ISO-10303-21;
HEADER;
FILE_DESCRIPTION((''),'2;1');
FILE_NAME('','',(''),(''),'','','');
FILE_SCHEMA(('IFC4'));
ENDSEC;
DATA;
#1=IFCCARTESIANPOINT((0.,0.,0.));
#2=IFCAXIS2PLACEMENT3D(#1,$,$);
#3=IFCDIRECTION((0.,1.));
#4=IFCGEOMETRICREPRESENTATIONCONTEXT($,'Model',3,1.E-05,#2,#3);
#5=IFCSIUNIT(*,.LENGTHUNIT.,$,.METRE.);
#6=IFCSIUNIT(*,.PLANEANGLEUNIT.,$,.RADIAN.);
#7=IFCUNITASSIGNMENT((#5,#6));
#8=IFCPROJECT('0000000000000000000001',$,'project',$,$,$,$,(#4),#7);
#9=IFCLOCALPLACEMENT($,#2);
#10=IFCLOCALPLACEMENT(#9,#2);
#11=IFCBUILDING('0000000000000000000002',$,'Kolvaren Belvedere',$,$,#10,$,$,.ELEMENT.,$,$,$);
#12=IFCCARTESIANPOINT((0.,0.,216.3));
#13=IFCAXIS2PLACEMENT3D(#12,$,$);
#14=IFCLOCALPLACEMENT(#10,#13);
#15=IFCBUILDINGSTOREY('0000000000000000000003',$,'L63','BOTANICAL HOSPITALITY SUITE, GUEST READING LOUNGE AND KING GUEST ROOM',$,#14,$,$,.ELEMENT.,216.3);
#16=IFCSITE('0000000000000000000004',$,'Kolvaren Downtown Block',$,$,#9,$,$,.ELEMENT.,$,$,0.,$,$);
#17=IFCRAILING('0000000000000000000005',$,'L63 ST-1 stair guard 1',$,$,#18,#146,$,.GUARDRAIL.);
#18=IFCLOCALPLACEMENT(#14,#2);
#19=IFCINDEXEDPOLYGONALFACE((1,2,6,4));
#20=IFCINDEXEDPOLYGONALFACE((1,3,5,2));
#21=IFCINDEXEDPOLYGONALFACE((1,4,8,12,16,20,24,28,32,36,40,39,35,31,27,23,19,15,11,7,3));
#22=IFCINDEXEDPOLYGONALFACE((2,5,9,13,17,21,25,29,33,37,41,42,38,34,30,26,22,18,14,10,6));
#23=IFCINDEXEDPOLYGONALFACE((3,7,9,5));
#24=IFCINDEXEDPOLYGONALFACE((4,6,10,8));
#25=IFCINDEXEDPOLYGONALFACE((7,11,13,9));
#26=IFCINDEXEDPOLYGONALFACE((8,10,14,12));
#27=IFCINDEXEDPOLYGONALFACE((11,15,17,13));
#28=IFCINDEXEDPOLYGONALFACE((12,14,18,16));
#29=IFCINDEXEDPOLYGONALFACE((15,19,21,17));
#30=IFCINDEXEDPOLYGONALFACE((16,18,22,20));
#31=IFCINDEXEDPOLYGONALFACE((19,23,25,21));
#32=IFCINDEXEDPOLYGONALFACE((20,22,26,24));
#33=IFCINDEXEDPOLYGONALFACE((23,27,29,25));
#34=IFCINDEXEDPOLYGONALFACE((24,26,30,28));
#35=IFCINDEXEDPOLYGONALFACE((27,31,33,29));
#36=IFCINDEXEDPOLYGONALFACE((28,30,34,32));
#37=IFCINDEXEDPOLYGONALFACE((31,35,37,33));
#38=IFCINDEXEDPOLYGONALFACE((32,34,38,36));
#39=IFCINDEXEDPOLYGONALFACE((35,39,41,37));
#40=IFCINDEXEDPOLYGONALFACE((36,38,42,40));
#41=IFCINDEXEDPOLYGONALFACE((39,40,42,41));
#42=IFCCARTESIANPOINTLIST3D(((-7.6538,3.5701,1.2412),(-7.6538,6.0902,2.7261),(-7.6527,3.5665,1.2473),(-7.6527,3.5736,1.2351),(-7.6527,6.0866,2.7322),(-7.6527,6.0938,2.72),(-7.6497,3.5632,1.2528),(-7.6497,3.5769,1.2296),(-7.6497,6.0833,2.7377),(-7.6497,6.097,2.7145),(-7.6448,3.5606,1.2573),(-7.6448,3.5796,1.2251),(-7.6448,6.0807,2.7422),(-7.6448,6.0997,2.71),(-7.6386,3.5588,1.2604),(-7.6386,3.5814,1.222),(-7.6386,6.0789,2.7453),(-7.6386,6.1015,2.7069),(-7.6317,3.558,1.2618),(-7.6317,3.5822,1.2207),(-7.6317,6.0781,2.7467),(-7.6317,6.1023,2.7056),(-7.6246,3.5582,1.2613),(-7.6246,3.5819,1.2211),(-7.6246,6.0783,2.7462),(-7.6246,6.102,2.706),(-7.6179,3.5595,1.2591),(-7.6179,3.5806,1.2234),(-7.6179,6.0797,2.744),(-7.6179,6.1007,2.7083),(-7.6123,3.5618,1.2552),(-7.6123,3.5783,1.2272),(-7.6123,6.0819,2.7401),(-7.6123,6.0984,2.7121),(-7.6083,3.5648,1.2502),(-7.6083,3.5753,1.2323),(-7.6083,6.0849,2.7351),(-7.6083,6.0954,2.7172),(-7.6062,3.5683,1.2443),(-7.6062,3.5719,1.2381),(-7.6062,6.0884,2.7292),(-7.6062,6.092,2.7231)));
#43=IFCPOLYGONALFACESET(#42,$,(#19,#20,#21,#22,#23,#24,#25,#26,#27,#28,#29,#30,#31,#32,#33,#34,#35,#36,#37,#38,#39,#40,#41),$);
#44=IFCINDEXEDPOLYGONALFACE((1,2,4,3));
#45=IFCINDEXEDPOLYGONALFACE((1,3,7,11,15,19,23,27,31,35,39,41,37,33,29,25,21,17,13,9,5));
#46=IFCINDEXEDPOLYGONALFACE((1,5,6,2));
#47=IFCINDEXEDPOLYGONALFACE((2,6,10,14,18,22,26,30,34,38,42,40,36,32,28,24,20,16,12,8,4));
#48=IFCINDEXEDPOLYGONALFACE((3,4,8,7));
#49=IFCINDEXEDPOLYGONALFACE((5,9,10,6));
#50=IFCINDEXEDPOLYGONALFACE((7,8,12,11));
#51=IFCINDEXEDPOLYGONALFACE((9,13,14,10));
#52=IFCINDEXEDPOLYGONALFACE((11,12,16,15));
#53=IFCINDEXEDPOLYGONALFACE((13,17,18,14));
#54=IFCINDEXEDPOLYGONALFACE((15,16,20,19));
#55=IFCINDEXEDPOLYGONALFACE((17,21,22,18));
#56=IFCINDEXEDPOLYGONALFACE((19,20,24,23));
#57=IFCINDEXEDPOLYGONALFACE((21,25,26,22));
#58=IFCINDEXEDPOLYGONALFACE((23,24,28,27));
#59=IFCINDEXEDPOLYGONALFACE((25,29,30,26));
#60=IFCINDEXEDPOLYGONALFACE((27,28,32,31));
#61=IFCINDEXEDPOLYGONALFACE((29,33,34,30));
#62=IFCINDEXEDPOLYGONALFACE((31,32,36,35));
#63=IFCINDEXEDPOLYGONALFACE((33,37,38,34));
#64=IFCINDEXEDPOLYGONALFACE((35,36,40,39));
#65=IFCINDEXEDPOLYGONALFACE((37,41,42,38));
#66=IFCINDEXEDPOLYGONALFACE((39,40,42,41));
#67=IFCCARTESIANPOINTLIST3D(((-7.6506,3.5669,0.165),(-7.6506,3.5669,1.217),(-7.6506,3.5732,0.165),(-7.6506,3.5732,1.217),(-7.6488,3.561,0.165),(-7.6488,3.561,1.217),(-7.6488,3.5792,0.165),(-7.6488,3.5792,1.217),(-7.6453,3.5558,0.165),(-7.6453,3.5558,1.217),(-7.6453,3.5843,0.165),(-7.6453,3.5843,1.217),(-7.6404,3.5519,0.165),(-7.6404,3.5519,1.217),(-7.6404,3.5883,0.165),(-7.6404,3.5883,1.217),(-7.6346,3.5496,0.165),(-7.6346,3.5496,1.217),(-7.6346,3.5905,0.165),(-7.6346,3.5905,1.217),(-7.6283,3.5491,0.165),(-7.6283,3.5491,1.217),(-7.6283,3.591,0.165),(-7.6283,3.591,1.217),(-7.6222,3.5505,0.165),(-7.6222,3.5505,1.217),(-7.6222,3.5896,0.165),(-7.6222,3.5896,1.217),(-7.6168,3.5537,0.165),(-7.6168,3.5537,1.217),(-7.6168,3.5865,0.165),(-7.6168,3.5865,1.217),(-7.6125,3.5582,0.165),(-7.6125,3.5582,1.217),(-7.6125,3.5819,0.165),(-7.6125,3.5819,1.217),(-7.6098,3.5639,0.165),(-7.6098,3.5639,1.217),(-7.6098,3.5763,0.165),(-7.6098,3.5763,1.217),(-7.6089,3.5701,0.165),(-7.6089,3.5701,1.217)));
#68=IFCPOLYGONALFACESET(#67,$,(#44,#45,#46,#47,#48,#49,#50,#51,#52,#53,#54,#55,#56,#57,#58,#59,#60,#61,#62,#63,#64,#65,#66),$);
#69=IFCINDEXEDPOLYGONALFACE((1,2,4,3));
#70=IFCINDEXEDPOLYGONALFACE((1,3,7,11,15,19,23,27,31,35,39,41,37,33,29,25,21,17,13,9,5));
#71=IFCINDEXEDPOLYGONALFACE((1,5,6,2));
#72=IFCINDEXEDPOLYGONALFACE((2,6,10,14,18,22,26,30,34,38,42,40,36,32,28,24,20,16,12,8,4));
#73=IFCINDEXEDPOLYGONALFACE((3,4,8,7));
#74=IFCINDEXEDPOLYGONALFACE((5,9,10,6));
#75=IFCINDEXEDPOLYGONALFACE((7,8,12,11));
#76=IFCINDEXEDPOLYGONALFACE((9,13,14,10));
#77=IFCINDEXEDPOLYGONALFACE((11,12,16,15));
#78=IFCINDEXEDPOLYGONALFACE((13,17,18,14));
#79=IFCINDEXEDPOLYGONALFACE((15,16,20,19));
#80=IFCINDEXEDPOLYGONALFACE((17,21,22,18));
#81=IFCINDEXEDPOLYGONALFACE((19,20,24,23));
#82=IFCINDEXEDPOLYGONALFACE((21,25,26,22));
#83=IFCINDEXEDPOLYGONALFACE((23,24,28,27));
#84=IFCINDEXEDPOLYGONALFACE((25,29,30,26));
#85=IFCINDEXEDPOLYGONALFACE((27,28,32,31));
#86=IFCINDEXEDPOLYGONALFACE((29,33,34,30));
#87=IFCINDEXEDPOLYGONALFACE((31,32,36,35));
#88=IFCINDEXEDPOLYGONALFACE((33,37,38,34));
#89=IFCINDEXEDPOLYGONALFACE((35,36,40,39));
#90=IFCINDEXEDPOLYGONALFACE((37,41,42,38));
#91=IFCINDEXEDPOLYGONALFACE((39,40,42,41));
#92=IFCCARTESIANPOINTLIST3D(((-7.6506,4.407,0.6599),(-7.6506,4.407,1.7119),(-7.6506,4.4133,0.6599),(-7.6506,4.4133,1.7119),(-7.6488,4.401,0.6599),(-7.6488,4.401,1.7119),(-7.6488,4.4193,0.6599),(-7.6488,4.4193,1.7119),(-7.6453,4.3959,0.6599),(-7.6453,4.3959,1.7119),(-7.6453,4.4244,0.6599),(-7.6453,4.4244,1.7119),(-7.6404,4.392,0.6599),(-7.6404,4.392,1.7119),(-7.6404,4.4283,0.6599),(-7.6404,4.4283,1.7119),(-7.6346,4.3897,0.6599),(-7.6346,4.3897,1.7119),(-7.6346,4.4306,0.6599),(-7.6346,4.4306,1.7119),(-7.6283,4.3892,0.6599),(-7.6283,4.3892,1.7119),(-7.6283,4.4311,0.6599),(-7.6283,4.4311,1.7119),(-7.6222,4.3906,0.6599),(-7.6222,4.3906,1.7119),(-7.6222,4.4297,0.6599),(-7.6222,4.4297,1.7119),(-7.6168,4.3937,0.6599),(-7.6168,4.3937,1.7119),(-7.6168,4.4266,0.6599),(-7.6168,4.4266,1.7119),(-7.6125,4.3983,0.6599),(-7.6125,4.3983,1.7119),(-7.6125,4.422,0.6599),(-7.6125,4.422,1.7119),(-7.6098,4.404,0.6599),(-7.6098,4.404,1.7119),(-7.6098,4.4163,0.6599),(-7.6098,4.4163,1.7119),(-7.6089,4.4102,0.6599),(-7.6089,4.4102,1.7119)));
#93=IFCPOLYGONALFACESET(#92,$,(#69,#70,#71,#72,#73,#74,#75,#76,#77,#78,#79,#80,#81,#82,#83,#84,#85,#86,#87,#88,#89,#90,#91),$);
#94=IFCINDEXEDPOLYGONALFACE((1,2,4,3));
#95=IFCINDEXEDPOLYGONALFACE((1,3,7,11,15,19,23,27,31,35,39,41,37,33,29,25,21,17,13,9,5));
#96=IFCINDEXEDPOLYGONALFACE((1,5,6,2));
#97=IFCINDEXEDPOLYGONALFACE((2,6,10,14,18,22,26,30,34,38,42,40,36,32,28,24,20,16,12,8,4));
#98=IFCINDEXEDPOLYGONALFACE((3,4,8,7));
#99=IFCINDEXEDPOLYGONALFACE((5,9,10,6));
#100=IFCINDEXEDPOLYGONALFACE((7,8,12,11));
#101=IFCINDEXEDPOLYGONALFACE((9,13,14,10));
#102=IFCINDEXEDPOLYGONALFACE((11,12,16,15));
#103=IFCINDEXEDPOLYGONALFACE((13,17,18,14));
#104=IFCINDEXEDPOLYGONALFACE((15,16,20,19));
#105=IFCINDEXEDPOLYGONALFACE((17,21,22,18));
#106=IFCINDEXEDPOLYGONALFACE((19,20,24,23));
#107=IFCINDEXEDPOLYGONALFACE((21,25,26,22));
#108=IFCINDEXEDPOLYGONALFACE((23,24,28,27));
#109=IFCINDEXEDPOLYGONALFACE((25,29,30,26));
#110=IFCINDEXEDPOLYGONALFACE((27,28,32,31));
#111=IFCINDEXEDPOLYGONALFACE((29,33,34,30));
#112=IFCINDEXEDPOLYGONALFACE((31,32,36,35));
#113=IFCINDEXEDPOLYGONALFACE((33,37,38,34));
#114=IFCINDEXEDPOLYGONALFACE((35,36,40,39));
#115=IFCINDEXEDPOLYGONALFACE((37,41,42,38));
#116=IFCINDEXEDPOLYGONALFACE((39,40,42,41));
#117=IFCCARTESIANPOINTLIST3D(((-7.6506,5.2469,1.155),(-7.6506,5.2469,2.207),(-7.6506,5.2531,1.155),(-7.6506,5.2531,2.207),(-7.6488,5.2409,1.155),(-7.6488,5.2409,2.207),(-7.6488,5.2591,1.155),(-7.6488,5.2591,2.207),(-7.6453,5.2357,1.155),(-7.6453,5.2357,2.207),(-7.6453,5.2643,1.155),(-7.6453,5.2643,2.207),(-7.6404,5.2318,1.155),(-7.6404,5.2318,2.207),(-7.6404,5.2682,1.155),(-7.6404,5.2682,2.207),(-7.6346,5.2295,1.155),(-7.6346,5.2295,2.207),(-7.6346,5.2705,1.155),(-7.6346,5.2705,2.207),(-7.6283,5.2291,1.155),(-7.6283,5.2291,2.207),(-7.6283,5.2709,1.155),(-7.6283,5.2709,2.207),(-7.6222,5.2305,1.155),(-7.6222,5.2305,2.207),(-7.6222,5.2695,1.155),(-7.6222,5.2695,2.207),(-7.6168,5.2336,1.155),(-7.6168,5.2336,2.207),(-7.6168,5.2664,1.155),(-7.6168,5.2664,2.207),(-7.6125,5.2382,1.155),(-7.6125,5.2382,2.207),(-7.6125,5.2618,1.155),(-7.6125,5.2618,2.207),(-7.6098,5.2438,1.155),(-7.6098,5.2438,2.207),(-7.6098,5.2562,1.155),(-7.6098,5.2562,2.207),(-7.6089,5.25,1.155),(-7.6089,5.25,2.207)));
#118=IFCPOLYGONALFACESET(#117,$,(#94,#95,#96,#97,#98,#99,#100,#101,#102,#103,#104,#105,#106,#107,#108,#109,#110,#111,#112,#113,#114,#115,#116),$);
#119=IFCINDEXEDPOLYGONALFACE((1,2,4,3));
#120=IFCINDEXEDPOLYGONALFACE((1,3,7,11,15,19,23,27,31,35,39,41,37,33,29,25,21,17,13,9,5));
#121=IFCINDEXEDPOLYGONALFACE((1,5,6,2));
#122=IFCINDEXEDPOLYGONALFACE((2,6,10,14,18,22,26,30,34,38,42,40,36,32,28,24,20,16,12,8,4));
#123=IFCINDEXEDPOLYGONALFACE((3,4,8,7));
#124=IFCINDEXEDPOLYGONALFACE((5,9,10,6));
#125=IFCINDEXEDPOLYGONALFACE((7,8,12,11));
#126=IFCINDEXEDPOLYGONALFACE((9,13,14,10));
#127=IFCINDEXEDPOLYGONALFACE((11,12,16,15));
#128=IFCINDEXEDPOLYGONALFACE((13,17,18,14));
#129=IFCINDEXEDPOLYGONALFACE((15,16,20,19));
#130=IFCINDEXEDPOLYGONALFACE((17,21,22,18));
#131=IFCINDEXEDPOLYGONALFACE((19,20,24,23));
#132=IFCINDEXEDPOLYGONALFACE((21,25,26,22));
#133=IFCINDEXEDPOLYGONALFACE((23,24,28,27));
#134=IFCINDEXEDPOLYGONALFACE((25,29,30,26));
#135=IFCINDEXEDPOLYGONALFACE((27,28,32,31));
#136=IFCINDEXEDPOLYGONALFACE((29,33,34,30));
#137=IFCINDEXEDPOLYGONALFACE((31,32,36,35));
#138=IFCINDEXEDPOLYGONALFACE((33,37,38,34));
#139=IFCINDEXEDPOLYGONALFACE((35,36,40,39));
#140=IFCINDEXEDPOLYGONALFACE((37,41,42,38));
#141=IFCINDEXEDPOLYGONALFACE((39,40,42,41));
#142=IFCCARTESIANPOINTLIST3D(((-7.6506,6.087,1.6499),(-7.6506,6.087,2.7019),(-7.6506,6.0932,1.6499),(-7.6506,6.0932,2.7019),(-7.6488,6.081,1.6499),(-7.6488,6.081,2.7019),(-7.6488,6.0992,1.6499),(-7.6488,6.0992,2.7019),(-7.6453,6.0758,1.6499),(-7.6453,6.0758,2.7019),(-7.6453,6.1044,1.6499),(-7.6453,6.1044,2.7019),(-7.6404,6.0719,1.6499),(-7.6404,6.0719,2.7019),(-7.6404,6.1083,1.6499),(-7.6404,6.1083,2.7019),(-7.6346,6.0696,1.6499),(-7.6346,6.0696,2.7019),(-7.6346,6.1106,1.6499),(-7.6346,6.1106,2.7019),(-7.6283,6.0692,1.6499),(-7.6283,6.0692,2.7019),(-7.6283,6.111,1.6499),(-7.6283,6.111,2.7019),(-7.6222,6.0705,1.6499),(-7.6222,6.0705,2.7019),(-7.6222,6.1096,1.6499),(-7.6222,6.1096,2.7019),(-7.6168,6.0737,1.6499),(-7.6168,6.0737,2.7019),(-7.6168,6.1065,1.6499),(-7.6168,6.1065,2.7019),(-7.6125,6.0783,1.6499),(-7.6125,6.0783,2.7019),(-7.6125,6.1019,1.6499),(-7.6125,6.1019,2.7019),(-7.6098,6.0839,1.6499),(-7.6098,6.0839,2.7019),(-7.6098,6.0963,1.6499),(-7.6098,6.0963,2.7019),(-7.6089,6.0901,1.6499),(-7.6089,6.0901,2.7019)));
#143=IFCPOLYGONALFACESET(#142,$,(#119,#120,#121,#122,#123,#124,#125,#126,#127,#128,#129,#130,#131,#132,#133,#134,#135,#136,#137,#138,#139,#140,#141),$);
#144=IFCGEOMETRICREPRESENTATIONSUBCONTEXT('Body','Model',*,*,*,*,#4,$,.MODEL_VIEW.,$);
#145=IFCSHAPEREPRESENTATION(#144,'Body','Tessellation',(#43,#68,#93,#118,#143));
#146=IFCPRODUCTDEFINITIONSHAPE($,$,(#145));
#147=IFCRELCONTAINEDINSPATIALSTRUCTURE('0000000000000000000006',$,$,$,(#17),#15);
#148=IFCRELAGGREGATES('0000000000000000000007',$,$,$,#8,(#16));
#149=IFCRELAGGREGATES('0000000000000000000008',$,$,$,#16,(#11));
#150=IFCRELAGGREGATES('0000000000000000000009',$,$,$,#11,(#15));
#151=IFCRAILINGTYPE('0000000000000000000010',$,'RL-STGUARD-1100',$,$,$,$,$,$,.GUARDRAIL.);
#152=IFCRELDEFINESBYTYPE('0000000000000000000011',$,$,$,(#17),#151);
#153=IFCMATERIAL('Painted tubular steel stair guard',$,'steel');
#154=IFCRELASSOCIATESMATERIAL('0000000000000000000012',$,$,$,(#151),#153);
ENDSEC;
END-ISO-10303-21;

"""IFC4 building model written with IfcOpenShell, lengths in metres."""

from ifc_helpers import new_model, si_unit, direction, frame, origin, origin_2d, place, context, subcontext, project, spatial, circle, extrude, material, type_object, element, save


model = new_model("IFC4")

# Units and contexts
model_context = context("Model", 3, precision=1e-05, world=origin(), true_north=direction((0.0, 1.0)))
body_context = subcontext(model_context, "Body", "Model", "MODEL_VIEW")
ifc_project = project(units=[si_unit("LENGTHUNIT", "METRE"), si_unit("PLANEANGLEUNIT", "RADIAN")], contexts=[model_context])

# Site, building, storey
site_placement = place(None, origin())
site = spatial("IfcSite", under=ifc_project, at=site_placement, Name="Kolvaren Downtown Block", CompositionType="ELEMENT", RefElevation=0.0)
building_placement = place(site_placement, origin())
building = spatial("IfcBuilding", under=site, at=building_placement, Name="Kolvaren Belvedere", CompositionType="ELEMENT")
storey_placement = place(building_placement, frame((0.0, 0.0, 216.3)))
storey = spatial("IfcBuildingStorey", under=building, at=storey_placement, Name="L63", Description="BOTANICAL HOSPITALITY SUITE, GUEST READING LOUNGE AND KING GUEST ROOM", CompositionType="ELEMENT", Elevation=216.3)

# Railing
ifc_material_1 = material(Name="Painted tubular steel stair guard", Category="steel")
railing_type_1 = type_object("IfcRailingType", Name="RL-STGUARD-1100", PredefinedType="GUARDRAIL", material=ifc_material_1)
railing_1_placement = place(storey_placement, frame((-7.6299, 3.5701, 0.165)))
element("IfcRailing", 1, at=railing_1_placement, inside=storey, type_object=railing_type_1, Name="L63 ST-1 stair guard 1", PredefinedType="GUARDRAIL", context=body_context, shape_type="SweptSolid", body=[
    extrude(circle(Radius=0.0239, at=origin_2d()), frame((0.0, 0.0, 1.0762), z_axis=(0.0, 0.861561, 0.507655), x_axis=(-1.0, 0.0, 0.0)), (0.0, 0.0, 1.0), 2.925),
    extrude(circle(Radius=0.021, at=origin_2d()), origin(), (0.0, 0.0, 1.0), 1.052),
    extrude(circle(Radius=0.021, at=origin_2d()), frame((0.0, 0.8401, 0.4949)), (0.0, 0.0, 1.0), 1.052),
    extrude(circle(Radius=0.021, at=origin_2d()), frame((0.0, 1.6799, 0.99)), (0.0, 0.0, 1.0), 1.052),
    extrude(circle(Radius=0.021, at=origin_2d()), frame((0.0, 2.52, 1.4849)), (0.0, 0.0, 1.0), 1.052),
])

save(model, "model.ifc")
